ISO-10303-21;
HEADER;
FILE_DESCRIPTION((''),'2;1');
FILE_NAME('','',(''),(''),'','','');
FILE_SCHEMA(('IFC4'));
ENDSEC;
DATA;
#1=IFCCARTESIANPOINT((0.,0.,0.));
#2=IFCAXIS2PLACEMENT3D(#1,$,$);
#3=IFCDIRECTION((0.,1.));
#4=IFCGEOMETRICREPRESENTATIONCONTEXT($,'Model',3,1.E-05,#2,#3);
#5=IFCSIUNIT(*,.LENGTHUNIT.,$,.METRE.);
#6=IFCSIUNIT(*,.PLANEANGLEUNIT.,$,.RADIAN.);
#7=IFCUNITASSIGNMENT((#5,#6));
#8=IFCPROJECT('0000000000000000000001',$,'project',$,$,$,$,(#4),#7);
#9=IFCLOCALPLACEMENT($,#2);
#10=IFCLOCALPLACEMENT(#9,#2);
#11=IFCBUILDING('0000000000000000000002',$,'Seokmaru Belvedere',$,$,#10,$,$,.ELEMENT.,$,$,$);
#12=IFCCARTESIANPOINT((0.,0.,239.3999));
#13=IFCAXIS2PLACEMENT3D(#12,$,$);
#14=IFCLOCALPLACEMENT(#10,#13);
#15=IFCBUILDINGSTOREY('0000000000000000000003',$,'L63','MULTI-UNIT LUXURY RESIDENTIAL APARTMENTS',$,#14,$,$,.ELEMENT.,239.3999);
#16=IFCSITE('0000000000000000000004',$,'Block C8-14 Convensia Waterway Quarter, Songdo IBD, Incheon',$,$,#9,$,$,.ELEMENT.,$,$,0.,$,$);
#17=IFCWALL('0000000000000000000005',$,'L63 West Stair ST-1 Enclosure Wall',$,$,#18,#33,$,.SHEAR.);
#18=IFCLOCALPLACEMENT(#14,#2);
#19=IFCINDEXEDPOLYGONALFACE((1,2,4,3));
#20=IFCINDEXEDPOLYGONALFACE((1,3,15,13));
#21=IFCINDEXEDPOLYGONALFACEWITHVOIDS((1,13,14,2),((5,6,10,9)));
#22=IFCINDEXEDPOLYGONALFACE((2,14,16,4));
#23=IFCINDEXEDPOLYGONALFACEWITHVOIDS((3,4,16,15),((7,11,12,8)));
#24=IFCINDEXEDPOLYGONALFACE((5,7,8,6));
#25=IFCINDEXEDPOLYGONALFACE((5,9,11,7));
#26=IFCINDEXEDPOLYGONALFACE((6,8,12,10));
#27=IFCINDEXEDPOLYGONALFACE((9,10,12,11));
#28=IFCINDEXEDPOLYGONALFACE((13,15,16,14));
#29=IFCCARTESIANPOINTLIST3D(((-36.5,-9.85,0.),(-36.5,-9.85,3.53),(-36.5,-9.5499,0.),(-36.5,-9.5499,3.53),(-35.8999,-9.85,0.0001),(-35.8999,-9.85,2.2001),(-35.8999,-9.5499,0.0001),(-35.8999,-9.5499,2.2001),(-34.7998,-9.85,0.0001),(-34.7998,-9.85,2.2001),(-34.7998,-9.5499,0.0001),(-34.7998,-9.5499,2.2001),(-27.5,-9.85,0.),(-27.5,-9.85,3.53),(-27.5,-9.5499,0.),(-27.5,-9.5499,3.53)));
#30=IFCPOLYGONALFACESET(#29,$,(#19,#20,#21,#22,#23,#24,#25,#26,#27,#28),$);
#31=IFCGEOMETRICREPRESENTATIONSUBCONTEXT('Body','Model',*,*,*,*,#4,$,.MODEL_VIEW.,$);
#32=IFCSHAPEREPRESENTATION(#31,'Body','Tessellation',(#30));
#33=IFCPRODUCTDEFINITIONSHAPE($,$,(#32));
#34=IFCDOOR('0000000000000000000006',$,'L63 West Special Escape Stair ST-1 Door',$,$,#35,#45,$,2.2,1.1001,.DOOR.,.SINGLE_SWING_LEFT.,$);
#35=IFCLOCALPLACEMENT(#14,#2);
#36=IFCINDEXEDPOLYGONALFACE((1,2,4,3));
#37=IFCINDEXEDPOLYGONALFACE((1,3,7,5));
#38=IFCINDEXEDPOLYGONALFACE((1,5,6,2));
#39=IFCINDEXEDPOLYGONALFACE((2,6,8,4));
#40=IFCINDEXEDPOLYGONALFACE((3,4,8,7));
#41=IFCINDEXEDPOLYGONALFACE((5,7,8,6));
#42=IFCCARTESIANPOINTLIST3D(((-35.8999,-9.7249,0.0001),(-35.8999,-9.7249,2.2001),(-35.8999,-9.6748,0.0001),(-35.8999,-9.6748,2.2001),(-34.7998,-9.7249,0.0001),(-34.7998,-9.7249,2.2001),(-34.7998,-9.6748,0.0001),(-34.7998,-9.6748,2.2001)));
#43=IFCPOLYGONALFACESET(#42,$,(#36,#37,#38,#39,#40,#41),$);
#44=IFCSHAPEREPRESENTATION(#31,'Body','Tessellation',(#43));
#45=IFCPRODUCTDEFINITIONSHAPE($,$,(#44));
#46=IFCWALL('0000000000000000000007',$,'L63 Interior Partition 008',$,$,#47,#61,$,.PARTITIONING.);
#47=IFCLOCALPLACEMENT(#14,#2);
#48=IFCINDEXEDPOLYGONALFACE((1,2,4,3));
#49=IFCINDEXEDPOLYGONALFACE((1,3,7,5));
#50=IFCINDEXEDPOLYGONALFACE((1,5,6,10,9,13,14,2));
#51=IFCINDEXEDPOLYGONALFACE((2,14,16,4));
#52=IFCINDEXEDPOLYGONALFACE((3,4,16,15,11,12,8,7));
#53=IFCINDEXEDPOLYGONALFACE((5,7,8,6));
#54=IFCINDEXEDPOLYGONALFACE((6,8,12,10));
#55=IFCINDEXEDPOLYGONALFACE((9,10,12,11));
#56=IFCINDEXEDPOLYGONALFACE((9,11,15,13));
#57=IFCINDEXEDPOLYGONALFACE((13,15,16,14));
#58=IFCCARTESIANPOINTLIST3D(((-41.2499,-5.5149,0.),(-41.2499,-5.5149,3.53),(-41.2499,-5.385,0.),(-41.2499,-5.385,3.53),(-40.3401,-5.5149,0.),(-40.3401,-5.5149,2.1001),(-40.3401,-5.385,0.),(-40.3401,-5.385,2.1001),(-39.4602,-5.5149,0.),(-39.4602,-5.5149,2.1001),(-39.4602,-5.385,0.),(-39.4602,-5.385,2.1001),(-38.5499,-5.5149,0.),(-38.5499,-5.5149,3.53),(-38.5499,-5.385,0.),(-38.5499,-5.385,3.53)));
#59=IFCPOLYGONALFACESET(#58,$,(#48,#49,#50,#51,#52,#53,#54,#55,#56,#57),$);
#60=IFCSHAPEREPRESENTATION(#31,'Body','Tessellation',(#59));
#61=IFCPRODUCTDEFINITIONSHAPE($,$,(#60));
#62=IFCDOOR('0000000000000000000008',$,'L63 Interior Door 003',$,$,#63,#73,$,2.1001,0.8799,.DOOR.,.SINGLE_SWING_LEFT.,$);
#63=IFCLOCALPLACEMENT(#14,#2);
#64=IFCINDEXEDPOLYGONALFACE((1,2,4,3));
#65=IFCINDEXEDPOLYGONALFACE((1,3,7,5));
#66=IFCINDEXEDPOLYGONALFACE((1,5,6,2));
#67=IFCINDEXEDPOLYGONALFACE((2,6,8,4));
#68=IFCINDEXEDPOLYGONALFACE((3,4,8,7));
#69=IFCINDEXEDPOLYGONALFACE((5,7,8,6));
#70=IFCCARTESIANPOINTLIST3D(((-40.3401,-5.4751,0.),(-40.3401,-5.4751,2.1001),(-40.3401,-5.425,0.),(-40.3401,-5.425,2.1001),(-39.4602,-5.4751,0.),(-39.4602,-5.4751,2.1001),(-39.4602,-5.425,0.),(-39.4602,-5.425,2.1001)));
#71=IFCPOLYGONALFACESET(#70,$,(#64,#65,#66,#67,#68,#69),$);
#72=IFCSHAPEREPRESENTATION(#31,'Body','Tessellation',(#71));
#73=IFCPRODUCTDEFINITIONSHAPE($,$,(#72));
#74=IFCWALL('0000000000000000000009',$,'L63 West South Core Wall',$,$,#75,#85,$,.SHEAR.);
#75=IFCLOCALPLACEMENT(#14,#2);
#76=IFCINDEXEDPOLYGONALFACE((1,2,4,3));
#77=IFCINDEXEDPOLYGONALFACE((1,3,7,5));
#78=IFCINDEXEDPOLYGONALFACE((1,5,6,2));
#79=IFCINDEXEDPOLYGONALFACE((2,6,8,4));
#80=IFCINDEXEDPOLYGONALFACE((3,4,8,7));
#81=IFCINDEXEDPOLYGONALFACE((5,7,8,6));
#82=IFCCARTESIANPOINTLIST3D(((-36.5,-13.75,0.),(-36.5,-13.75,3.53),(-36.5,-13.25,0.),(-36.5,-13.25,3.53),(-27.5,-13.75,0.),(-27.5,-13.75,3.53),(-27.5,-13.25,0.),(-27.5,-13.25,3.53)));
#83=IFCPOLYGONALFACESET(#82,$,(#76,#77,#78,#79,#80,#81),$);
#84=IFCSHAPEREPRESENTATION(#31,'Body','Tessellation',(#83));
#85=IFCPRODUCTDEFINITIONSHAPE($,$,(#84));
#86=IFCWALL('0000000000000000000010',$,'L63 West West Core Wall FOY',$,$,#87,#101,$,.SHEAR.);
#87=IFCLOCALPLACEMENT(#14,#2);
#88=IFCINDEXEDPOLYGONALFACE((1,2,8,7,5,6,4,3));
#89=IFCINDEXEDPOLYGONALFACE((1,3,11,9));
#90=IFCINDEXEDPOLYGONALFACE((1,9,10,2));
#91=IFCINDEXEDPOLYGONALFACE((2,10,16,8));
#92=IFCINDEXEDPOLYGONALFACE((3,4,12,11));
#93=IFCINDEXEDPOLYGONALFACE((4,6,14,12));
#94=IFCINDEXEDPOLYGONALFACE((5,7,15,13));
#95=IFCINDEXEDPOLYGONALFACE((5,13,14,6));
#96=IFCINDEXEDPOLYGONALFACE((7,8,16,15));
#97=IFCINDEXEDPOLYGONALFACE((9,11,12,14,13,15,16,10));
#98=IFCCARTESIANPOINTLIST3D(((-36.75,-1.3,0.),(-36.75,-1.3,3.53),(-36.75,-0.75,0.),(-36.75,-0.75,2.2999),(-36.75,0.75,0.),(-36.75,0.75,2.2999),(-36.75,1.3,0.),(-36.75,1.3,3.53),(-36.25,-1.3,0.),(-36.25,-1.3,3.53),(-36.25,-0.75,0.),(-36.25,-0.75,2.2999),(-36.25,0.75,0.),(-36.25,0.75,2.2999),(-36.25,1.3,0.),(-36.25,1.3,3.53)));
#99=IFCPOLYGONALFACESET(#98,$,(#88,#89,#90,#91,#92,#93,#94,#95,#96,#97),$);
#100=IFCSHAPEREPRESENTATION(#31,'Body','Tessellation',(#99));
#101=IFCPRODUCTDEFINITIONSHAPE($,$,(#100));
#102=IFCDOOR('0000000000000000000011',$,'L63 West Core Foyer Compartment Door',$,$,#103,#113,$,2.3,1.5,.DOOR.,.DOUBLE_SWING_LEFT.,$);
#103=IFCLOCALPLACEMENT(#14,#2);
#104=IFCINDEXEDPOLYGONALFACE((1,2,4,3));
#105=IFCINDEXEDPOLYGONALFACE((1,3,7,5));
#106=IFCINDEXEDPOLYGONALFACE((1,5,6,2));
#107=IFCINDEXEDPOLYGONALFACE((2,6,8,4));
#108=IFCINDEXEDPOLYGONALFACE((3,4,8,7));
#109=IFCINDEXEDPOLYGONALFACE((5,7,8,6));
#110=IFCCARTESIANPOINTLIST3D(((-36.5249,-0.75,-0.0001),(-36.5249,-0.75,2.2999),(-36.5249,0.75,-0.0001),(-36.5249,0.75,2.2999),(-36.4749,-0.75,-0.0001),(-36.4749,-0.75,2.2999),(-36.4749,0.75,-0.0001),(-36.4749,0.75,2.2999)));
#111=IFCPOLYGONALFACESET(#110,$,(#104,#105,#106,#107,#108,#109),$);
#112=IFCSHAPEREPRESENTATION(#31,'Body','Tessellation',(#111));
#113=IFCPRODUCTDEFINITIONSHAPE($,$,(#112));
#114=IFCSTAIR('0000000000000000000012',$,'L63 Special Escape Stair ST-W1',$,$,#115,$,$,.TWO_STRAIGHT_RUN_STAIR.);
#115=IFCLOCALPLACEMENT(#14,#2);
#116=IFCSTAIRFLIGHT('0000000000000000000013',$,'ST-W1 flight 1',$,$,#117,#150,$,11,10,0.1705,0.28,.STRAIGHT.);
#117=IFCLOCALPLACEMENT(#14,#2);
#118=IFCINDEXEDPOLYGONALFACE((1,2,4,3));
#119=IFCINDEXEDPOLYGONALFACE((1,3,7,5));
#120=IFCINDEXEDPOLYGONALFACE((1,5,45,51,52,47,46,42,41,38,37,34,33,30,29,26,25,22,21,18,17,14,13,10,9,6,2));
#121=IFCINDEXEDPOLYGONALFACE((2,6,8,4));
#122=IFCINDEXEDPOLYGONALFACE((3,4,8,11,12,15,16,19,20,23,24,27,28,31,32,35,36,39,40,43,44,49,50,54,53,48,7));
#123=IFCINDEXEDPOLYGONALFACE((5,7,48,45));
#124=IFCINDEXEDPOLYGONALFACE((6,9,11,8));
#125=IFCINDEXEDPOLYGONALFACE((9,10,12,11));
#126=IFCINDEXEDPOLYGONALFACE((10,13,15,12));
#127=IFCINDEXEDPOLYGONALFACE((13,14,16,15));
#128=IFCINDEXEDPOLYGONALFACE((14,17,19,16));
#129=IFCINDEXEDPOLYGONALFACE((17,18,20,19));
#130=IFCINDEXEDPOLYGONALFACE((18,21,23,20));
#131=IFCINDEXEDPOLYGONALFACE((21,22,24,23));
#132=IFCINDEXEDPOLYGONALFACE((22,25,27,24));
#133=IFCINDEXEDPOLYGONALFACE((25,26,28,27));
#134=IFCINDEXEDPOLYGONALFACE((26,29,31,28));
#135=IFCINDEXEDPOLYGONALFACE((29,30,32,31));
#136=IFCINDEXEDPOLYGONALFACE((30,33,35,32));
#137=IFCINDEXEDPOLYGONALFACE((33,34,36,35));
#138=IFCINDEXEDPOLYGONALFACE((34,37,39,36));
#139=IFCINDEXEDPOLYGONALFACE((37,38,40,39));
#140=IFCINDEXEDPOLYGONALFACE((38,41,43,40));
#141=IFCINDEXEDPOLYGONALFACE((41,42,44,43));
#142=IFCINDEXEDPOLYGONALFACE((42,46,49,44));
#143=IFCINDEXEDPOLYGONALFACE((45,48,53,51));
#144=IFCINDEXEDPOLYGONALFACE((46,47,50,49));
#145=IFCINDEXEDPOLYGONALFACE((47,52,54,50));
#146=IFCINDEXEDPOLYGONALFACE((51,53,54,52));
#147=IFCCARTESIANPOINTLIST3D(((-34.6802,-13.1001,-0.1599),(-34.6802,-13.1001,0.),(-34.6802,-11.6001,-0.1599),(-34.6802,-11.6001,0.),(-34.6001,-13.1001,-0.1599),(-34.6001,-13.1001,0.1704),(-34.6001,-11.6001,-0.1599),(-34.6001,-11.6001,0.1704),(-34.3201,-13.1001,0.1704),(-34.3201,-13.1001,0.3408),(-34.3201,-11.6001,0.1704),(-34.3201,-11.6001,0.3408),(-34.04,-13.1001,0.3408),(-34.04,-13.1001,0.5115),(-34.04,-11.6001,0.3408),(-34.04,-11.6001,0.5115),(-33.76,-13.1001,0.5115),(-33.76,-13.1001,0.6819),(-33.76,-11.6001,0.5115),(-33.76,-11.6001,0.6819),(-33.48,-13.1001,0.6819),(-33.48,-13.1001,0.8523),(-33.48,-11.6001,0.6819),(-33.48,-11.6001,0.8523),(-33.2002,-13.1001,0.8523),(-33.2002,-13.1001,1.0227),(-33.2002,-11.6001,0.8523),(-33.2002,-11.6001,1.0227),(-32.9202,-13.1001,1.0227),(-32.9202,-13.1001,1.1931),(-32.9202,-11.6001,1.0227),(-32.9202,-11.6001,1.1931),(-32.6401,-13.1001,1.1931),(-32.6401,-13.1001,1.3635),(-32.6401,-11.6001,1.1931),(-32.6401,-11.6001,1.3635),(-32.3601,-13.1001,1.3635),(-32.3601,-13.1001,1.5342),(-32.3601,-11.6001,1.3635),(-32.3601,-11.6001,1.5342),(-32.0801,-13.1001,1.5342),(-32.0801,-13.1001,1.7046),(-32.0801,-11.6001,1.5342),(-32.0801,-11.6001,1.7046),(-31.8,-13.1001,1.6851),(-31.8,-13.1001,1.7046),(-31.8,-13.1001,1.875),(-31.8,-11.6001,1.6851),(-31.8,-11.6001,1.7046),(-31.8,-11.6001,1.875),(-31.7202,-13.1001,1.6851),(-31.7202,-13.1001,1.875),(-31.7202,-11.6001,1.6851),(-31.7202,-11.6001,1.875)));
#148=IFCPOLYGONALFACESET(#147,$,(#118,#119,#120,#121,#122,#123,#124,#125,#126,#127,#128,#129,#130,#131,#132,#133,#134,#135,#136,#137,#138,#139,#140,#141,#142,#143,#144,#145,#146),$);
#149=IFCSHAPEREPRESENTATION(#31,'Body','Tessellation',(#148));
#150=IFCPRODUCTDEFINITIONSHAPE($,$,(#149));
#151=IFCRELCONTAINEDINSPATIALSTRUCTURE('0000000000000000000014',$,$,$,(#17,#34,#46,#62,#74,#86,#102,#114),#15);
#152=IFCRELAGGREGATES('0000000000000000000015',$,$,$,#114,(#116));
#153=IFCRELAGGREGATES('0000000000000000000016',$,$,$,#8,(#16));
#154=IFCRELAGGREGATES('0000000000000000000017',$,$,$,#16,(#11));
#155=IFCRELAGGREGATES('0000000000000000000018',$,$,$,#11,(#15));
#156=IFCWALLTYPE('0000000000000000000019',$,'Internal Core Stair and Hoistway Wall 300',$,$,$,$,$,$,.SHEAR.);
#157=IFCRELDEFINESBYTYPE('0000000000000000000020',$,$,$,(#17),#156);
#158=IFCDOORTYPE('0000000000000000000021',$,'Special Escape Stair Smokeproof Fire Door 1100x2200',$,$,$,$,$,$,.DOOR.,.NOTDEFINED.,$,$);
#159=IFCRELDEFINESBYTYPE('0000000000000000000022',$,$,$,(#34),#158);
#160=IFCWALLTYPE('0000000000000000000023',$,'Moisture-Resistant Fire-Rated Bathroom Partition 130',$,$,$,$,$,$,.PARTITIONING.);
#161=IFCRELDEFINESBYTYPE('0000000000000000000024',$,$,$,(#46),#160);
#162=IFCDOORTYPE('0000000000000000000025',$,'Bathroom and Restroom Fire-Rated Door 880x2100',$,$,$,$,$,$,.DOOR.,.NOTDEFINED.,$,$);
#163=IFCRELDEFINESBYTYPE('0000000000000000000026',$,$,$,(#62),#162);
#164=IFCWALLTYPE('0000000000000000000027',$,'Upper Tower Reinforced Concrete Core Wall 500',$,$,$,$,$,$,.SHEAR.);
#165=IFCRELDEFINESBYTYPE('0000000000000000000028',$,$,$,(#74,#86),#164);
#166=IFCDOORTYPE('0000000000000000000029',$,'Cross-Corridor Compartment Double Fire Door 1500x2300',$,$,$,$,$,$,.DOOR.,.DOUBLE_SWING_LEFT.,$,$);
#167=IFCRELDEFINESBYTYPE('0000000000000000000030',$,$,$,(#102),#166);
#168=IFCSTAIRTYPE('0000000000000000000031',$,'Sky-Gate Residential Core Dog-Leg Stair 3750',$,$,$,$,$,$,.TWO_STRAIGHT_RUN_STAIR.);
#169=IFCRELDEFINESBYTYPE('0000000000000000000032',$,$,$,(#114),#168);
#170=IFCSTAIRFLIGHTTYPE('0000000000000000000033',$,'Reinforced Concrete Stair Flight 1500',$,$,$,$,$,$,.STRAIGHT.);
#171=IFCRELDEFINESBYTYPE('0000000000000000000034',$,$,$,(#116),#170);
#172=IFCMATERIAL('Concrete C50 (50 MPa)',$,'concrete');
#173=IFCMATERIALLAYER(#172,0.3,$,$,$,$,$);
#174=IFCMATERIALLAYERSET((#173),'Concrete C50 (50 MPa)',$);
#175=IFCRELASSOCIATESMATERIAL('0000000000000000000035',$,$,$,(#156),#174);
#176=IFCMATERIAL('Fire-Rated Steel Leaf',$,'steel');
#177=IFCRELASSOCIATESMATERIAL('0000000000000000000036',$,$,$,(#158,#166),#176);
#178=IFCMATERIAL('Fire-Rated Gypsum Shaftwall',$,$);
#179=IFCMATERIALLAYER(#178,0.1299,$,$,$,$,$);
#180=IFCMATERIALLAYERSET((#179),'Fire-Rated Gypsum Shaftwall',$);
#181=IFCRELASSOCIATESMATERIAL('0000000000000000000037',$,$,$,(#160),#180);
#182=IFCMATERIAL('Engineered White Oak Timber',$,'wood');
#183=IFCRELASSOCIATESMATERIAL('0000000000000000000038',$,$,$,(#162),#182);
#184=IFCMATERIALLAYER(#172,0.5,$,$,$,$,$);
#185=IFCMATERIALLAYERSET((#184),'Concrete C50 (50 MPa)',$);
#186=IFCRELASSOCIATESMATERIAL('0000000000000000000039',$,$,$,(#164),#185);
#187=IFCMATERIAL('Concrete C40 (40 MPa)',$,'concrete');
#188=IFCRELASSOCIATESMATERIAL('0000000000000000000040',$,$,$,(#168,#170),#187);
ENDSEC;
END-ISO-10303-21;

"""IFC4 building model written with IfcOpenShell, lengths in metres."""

from ifc_helpers import new_model, si_unit, direction, frame, frame_2d, origin, place, context, subcontext, project, spatial, polyline, rectangle, outline, extrude, source, transform, mapped, material, layer, layer_set, type_object, type_shapes, element, fill, aggregate, save


model = new_model("IFC4")

# Units and contexts
model_context = context("Model", 3, precision=1e-05, world=origin(), true_north=direction((0.0, 1.0)))
body_context = subcontext(model_context, "Body", "Model", "MODEL_VIEW")
ifc_project = project(units=[si_unit("LENGTHUNIT", "METRE"), si_unit("PLANEANGLEUNIT", "RADIAN")], contexts=[model_context])

# Site, building, storey
site_placement = place(None, origin())
site = spatial("IfcSite", under=ifc_project, at=site_placement, Name="Block C8-14 Convensia Waterway Quarter, Songdo IBD, Incheon", CompositionType="ELEMENT", RefElevation=0.0)
building_placement = place(site_placement, origin())
building = spatial("IfcBuilding", under=site, at=building_placement, Name="Seokmaru Belvedere", CompositionType="ELEMENT")
storey_placement = place(building_placement, frame((0.0, 0.0, 239.3999)))
storey = spatial("IfcBuildingStorey", under=building, at=storey_placement, Name="L63", Description="MULTI-UNIT LUXURY RESIDENTIAL APARTMENTS", CompositionType="ELEMENT", Elevation=239.3999)

# Shared definitions
ifc_material_1 = material(Name="Fire-Rated Gypsum Shaftwall")

# Shared definitions
ifc_material_2 = material(Name="Fire-Rated Steel Leaf", Category="steel")

# Walls, openings, doors
ifc_material_3 = material(Name="Concrete C50 (50 MPa)", Category="concrete")
ifc_layer_1 = layer(ifc_material_3, 0.3)
ifc_layer_set_1 = layer_set([ifc_layer_1], Name="Concrete C50 (50 MPa)")
wall_type_1 = type_object("IfcWallType", Name="Internal Core Stair and Hoistway Wall 300", PredefinedType="SHEAR", material=ifc_layer_set_1)
wall_1_placement = place(storey_placement, frame((-36.5, -9.7, 0.0), z_axis=(0.0, 0.0, 1.0), x_axis=(1.0, 0.0, 0.0)))
wall_1 = element("IfcWall", 1, at=wall_1_placement, inside=storey, type_object=wall_type_1, Name="L63 West Stair ST-1 Enclosure Wall", PredefinedType="SHEAR", context=body_context, shape_type="SweptSolid", body=[
    extrude(rectangle(XDim=9.0, YDim=0.3, at=frame_2d((4.5, 0.0))), origin(), (0.0, 0.0, 1.0), 3.53),
])
opening_1_placement = place(wall_1_placement, frame((0.6001, 0.0, 0.0)))
opening_1 = element("IfcOpeningElement", 2, at=opening_1_placement, cuts=wall_1, PredefinedType="OPENING", context=body_context, shape_type="SweptSolid", body=[
    extrude(rectangle(XDim=1.1001, YDim=2.2, at=frame_2d((0.55, 1.1001))), frame((0.0, 0.1602, 0.0), z_axis=(0.0, -1.0, 0.0), x_axis=(1.0, 0.0, 0.0)), (0.0, 0.0, 1.0), 0.3201),
])
door_type_1 = type_object("IfcDoorType", Name="Special Escape Stair Smokeproof Fire Door 1100x2200", OperationType="NOTDEFINED", PredefinedType="DOOR", material=ifc_material_2)
shared_shape_1 = source(origin(), body_context, "Body", "SweptSolid", [
    extrude(rectangle(XDim=1.1001, YDim=2.2, at=frame_2d((0.55, 1.1001))), frame((0.0, 0.0249, 0.0), z_axis=(0.0, -1.0, 0.0), x_axis=(1.0, 0.0, 0.0)), (0.0, 0.0, 1.0), 0.05),
])
type_shapes(door_type_1, [shared_shape_1])
door_1_placement = place(opening_1_placement, frame((1.1001, 0.0, 0.0), z_axis=(0.0, 0.0, 1.0), x_axis=(-1.0, 0.0, 0.0)))
door_1 = element("IfcDoor", 3, at=door_1_placement, inside=storey, type_object=door_type_1, Name="L63 West Special Escape Stair ST-1 Door", OperationType="SINGLE_SWING_LEFT", OverallHeight=2.2, OverallWidth=1.1001, PredefinedType="DOOR", context=body_context, shape_type="MappedRepresentation", body=[
    mapped(shared_shape_1, transform((0.0, 0.0, 0.0), scale=1.0)),
])
fill(opening_1, door_1)
ifc_layer_2 = layer(ifc_material_1, 0.1299)
ifc_layer_set_2 = layer_set([ifc_layer_2], Name="Fire-Rated Gypsum Shaftwall")
wall_type_2 = type_object("IfcWallType", Name="Moisture-Resistant Fire-Rated Bathroom Partition 130", PredefinedType="PARTITIONING", material=ifc_layer_set_2)
wall_2_placement = place(storey_placement, frame((-41.25, -5.45, 0.0), z_axis=(0.0, 0.0, 1.0), x_axis=(1.0, 0.0, 0.0)))
wall_2 = element("IfcWall", 4, at=wall_2_placement, inside=storey, type_object=wall_type_2, Name="L63 Interior Partition 008", PredefinedType="PARTITIONING", context=body_context, shape_type="SweptSolid", body=[
    extrude(rectangle(XDim=2.7, YDim=0.1299, at=frame_2d((1.3501, 0.0))), origin(), (0.0, 0.0, 1.0), 3.53),
])
opening_2_placement = place(wall_2_placement, frame((0.9099, 0.0, 0.0)))
opening_2 = element("IfcOpeningElement", 5, at=opening_2_placement, cuts=wall_2, PredefinedType="OPENING", context=body_context, shape_type="SweptSolid", body=[
    extrude(rectangle(XDim=0.8799, YDim=2.1001, at=frame_2d((0.4399, 1.05))), frame((0.0, 0.075, 0.0), z_axis=(0.0, -1.0, 0.0), x_axis=(1.0, 0.0, 0.0)), (0.0, 0.0, 1.0), 0.1499),
])
ifc_material_4 = material(Name="Engineered White Oak Timber", Category="wood")
door_type_2 = type_object("IfcDoorType", Name="Bathroom and Restroom Fire-Rated Door 880x2100", OperationType="NOTDEFINED", PredefinedType="DOOR", material=ifc_material_4)
shared_shape_2 = source(origin(), body_context, "Body", "SweptSolid", [
    extrude(rectangle(XDim=0.8799, YDim=2.1001, at=frame_2d((0.4399, 1.05))), frame((0.0, 0.0249, 0.0), z_axis=(0.0, -1.0, 0.0), x_axis=(1.0, 0.0, 0.0)), (0.0, 0.0, 1.0), 0.05),
])
type_shapes(door_type_2, [shared_shape_2])
door_2_placement = place(opening_2_placement, origin())
door_2 = element("IfcDoor", 6, at=door_2_placement, inside=storey, type_object=door_type_2, Name="L63 Interior Door 003", OperationType="SINGLE_SWING_LEFT", OverallHeight=2.1001, OverallWidth=0.8799, PredefinedType="DOOR", context=body_context, shape_type="MappedRepresentation", body=[
    mapped(shared_shape_2, transform((0.0, 0.0, 0.0), scale=1.0)),
])
fill(opening_2, door_2)

# Wall
ifc_layer_3 = layer(ifc_material_3, 0.5)
ifc_layer_set_3 = layer_set([ifc_layer_3], Name="Concrete C50 (50 MPa)")
wall_type_3 = type_object("IfcWallType", Name="Upper Tower Reinforced Concrete Core Wall 500", PredefinedType="SHEAR", material=ifc_layer_set_3)
wall_3_placement = place(storey_placement, frame((-36.5, -13.5, 0.0), z_axis=(0.0, 0.0, 1.0), x_axis=(1.0, 0.0, 0.0)))
element("IfcWall", 7, at=wall_3_placement, inside=storey, type_object=wall_type_3, Name="L63 West South Core Wall", PredefinedType="SHEAR", context=body_context, shape_type="SweptSolid", body=[
    extrude(rectangle(XDim=9.0, YDim=0.5, at=frame_2d((4.5, 0.0))), origin(), (0.0, 0.0, 1.0), 3.53),
])

# Wall, opening, door
wall_4_placement = place(storey_placement, frame((-36.5, -1.3, 0.0), z_axis=(0.0, 0.0, 1.0), x_axis=(0.0, 1.0, 0.0)))
wall_4 = element("IfcWall", 8, at=wall_4_placement, inside=storey, type_object=wall_type_3, Name="L63 West West Core Wall FOY", PredefinedType="SHEAR", context=body_context, shape_type="SweptSolid", body=[
    extrude(rectangle(XDim=2.6001, YDim=0.5, at=frame_2d((1.3, 0.0))), origin(), (0.0, 0.0, 1.0), 3.53),
])
opening_3_placement = place(wall_4_placement, frame((0.55, 0.0, 0.0)))
opening_3 = element("IfcOpeningElement", 9, at=opening_3_placement, cuts=wall_4, PredefinedType="OPENING", context=body_context, shape_type="SweptSolid", body=[
    extrude(rectangle(XDim=1.5, YDim=2.3, at=frame_2d((0.75, 1.1499))), frame((0.0, 0.26, 0.0), z_axis=(0.0, -1.0, 0.0), x_axis=(1.0, 0.0, 0.0)), (0.0, 0.0, 1.0), 0.52),
])
door_type_3 = type_object("IfcDoorType", Name="Cross-Corridor Compartment Double Fire Door 1500x2300", OperationType="DOUBLE_SWING_LEFT", PredefinedType="DOOR", material=ifc_material_2)
shared_shape_3 = source(origin(), body_context, "Body", "SweptSolid", [
    extrude(rectangle(XDim=1.5, YDim=2.3, at=frame_2d((0.75, 1.1499))), frame((0.0, 0.0249, 0.0), z_axis=(0.0, -1.0, 0.0), x_axis=(1.0, 0.0, 0.0)), (0.0, 0.0, 1.0), 0.05),
])
type_shapes(door_type_3, [shared_shape_3])
door_3_placement = place(opening_3_placement, origin())
door_3 = element("IfcDoor", 10, at=door_3_placement, inside=storey, type_object=door_type_3, Name="L63 West Core Foyer Compartment Door", OperationType="DOUBLE_SWING_LEFT", OverallHeight=2.3, OverallWidth=1.5, PredefinedType="DOOR", context=body_context, shape_type="MappedRepresentation", body=[
    mapped(shared_shape_3, transform((0.0, 0.0, 0.0), scale=1.0)),
])
fill(opening_3, door_3)

# Stair, stair flight
ifc_material_5 = material(Name="Concrete C40 (40 MPa)", Category="concrete")
stair_type = type_object("IfcStairType", Name="Sky-Gate Residential Core Dog-Leg Stair 3750", PredefinedType="TWO_STRAIGHT_RUN_STAIR", material=ifc_material_5)
stair_placement = place(storey_placement, origin())
stair = element("IfcStair", 11, at=stair_placement, inside=storey, type_object=stair_type, Name="L63 Special Escape Stair ST-W1", PredefinedType="TWO_STRAIGHT_RUN_STAIR")
stair_flight_type = type_object("IfcStairFlightType", Name="Reinforced Concrete Stair Flight 1500", PredefinedType="STRAIGHT", material=ifc_material_5)
stair_flight_1_placement = place(storey_placement, frame((-34.6001, -12.3501, 0.0), z_axis=(0.0, 0.0, 1.0), x_axis=(1.0, 0.0, 0.0)))
stair_flight_1 = element("IfcStairFlight", 12, at=stair_flight_1_placement, type_object=stair_flight_type, Name="ST-W1 flight 1", NumberOfRisers=11, NumberOfTreads=10, PredefinedType="STRAIGHT", RiserHeight=0.1705, TreadLength=0.28, context=body_context, shape_type="SweptSolid", body=[
    extrude(outline(polyline([(-0.0801, 0.0), (0.0, 0.1704), (0.28, 0.1704), (0.28, 0.3408), (0.5601, 0.3408), (0.5601, 0.5115), (0.8401, 0.5115), (0.8401, 0.6819), (1.1201, 0.6819), (1.1201, 0.8523), (1.3999, 0.8523), (1.3999, 1.0227), (1.6799, 1.0227), (1.6799, 1.1931), (1.96, 1.1931), (1.96, 1.3635), (2.24, 1.3635), (2.24, 1.5342), (2.52, 1.5342), (2.52, 1.7046), (2.8, 1.7046), (2.8, 1.875), (2.8799, 1.875), (2.8799, 1.6851), (2.8, 1.6851), (0.0, -0.1599), (-0.0801, -0.1599), (-0.0801, 0.0)])), frame((0.0, 0.75, 0.0), z_axis=(0.0, -1.0, 0.0), x_axis=(1.0, 0.0, 0.0)), (0.0, 0.0, 1.0), 1.5),
])
aggregate(stair, [stair_flight_1])

save(model, "model.ifc")
